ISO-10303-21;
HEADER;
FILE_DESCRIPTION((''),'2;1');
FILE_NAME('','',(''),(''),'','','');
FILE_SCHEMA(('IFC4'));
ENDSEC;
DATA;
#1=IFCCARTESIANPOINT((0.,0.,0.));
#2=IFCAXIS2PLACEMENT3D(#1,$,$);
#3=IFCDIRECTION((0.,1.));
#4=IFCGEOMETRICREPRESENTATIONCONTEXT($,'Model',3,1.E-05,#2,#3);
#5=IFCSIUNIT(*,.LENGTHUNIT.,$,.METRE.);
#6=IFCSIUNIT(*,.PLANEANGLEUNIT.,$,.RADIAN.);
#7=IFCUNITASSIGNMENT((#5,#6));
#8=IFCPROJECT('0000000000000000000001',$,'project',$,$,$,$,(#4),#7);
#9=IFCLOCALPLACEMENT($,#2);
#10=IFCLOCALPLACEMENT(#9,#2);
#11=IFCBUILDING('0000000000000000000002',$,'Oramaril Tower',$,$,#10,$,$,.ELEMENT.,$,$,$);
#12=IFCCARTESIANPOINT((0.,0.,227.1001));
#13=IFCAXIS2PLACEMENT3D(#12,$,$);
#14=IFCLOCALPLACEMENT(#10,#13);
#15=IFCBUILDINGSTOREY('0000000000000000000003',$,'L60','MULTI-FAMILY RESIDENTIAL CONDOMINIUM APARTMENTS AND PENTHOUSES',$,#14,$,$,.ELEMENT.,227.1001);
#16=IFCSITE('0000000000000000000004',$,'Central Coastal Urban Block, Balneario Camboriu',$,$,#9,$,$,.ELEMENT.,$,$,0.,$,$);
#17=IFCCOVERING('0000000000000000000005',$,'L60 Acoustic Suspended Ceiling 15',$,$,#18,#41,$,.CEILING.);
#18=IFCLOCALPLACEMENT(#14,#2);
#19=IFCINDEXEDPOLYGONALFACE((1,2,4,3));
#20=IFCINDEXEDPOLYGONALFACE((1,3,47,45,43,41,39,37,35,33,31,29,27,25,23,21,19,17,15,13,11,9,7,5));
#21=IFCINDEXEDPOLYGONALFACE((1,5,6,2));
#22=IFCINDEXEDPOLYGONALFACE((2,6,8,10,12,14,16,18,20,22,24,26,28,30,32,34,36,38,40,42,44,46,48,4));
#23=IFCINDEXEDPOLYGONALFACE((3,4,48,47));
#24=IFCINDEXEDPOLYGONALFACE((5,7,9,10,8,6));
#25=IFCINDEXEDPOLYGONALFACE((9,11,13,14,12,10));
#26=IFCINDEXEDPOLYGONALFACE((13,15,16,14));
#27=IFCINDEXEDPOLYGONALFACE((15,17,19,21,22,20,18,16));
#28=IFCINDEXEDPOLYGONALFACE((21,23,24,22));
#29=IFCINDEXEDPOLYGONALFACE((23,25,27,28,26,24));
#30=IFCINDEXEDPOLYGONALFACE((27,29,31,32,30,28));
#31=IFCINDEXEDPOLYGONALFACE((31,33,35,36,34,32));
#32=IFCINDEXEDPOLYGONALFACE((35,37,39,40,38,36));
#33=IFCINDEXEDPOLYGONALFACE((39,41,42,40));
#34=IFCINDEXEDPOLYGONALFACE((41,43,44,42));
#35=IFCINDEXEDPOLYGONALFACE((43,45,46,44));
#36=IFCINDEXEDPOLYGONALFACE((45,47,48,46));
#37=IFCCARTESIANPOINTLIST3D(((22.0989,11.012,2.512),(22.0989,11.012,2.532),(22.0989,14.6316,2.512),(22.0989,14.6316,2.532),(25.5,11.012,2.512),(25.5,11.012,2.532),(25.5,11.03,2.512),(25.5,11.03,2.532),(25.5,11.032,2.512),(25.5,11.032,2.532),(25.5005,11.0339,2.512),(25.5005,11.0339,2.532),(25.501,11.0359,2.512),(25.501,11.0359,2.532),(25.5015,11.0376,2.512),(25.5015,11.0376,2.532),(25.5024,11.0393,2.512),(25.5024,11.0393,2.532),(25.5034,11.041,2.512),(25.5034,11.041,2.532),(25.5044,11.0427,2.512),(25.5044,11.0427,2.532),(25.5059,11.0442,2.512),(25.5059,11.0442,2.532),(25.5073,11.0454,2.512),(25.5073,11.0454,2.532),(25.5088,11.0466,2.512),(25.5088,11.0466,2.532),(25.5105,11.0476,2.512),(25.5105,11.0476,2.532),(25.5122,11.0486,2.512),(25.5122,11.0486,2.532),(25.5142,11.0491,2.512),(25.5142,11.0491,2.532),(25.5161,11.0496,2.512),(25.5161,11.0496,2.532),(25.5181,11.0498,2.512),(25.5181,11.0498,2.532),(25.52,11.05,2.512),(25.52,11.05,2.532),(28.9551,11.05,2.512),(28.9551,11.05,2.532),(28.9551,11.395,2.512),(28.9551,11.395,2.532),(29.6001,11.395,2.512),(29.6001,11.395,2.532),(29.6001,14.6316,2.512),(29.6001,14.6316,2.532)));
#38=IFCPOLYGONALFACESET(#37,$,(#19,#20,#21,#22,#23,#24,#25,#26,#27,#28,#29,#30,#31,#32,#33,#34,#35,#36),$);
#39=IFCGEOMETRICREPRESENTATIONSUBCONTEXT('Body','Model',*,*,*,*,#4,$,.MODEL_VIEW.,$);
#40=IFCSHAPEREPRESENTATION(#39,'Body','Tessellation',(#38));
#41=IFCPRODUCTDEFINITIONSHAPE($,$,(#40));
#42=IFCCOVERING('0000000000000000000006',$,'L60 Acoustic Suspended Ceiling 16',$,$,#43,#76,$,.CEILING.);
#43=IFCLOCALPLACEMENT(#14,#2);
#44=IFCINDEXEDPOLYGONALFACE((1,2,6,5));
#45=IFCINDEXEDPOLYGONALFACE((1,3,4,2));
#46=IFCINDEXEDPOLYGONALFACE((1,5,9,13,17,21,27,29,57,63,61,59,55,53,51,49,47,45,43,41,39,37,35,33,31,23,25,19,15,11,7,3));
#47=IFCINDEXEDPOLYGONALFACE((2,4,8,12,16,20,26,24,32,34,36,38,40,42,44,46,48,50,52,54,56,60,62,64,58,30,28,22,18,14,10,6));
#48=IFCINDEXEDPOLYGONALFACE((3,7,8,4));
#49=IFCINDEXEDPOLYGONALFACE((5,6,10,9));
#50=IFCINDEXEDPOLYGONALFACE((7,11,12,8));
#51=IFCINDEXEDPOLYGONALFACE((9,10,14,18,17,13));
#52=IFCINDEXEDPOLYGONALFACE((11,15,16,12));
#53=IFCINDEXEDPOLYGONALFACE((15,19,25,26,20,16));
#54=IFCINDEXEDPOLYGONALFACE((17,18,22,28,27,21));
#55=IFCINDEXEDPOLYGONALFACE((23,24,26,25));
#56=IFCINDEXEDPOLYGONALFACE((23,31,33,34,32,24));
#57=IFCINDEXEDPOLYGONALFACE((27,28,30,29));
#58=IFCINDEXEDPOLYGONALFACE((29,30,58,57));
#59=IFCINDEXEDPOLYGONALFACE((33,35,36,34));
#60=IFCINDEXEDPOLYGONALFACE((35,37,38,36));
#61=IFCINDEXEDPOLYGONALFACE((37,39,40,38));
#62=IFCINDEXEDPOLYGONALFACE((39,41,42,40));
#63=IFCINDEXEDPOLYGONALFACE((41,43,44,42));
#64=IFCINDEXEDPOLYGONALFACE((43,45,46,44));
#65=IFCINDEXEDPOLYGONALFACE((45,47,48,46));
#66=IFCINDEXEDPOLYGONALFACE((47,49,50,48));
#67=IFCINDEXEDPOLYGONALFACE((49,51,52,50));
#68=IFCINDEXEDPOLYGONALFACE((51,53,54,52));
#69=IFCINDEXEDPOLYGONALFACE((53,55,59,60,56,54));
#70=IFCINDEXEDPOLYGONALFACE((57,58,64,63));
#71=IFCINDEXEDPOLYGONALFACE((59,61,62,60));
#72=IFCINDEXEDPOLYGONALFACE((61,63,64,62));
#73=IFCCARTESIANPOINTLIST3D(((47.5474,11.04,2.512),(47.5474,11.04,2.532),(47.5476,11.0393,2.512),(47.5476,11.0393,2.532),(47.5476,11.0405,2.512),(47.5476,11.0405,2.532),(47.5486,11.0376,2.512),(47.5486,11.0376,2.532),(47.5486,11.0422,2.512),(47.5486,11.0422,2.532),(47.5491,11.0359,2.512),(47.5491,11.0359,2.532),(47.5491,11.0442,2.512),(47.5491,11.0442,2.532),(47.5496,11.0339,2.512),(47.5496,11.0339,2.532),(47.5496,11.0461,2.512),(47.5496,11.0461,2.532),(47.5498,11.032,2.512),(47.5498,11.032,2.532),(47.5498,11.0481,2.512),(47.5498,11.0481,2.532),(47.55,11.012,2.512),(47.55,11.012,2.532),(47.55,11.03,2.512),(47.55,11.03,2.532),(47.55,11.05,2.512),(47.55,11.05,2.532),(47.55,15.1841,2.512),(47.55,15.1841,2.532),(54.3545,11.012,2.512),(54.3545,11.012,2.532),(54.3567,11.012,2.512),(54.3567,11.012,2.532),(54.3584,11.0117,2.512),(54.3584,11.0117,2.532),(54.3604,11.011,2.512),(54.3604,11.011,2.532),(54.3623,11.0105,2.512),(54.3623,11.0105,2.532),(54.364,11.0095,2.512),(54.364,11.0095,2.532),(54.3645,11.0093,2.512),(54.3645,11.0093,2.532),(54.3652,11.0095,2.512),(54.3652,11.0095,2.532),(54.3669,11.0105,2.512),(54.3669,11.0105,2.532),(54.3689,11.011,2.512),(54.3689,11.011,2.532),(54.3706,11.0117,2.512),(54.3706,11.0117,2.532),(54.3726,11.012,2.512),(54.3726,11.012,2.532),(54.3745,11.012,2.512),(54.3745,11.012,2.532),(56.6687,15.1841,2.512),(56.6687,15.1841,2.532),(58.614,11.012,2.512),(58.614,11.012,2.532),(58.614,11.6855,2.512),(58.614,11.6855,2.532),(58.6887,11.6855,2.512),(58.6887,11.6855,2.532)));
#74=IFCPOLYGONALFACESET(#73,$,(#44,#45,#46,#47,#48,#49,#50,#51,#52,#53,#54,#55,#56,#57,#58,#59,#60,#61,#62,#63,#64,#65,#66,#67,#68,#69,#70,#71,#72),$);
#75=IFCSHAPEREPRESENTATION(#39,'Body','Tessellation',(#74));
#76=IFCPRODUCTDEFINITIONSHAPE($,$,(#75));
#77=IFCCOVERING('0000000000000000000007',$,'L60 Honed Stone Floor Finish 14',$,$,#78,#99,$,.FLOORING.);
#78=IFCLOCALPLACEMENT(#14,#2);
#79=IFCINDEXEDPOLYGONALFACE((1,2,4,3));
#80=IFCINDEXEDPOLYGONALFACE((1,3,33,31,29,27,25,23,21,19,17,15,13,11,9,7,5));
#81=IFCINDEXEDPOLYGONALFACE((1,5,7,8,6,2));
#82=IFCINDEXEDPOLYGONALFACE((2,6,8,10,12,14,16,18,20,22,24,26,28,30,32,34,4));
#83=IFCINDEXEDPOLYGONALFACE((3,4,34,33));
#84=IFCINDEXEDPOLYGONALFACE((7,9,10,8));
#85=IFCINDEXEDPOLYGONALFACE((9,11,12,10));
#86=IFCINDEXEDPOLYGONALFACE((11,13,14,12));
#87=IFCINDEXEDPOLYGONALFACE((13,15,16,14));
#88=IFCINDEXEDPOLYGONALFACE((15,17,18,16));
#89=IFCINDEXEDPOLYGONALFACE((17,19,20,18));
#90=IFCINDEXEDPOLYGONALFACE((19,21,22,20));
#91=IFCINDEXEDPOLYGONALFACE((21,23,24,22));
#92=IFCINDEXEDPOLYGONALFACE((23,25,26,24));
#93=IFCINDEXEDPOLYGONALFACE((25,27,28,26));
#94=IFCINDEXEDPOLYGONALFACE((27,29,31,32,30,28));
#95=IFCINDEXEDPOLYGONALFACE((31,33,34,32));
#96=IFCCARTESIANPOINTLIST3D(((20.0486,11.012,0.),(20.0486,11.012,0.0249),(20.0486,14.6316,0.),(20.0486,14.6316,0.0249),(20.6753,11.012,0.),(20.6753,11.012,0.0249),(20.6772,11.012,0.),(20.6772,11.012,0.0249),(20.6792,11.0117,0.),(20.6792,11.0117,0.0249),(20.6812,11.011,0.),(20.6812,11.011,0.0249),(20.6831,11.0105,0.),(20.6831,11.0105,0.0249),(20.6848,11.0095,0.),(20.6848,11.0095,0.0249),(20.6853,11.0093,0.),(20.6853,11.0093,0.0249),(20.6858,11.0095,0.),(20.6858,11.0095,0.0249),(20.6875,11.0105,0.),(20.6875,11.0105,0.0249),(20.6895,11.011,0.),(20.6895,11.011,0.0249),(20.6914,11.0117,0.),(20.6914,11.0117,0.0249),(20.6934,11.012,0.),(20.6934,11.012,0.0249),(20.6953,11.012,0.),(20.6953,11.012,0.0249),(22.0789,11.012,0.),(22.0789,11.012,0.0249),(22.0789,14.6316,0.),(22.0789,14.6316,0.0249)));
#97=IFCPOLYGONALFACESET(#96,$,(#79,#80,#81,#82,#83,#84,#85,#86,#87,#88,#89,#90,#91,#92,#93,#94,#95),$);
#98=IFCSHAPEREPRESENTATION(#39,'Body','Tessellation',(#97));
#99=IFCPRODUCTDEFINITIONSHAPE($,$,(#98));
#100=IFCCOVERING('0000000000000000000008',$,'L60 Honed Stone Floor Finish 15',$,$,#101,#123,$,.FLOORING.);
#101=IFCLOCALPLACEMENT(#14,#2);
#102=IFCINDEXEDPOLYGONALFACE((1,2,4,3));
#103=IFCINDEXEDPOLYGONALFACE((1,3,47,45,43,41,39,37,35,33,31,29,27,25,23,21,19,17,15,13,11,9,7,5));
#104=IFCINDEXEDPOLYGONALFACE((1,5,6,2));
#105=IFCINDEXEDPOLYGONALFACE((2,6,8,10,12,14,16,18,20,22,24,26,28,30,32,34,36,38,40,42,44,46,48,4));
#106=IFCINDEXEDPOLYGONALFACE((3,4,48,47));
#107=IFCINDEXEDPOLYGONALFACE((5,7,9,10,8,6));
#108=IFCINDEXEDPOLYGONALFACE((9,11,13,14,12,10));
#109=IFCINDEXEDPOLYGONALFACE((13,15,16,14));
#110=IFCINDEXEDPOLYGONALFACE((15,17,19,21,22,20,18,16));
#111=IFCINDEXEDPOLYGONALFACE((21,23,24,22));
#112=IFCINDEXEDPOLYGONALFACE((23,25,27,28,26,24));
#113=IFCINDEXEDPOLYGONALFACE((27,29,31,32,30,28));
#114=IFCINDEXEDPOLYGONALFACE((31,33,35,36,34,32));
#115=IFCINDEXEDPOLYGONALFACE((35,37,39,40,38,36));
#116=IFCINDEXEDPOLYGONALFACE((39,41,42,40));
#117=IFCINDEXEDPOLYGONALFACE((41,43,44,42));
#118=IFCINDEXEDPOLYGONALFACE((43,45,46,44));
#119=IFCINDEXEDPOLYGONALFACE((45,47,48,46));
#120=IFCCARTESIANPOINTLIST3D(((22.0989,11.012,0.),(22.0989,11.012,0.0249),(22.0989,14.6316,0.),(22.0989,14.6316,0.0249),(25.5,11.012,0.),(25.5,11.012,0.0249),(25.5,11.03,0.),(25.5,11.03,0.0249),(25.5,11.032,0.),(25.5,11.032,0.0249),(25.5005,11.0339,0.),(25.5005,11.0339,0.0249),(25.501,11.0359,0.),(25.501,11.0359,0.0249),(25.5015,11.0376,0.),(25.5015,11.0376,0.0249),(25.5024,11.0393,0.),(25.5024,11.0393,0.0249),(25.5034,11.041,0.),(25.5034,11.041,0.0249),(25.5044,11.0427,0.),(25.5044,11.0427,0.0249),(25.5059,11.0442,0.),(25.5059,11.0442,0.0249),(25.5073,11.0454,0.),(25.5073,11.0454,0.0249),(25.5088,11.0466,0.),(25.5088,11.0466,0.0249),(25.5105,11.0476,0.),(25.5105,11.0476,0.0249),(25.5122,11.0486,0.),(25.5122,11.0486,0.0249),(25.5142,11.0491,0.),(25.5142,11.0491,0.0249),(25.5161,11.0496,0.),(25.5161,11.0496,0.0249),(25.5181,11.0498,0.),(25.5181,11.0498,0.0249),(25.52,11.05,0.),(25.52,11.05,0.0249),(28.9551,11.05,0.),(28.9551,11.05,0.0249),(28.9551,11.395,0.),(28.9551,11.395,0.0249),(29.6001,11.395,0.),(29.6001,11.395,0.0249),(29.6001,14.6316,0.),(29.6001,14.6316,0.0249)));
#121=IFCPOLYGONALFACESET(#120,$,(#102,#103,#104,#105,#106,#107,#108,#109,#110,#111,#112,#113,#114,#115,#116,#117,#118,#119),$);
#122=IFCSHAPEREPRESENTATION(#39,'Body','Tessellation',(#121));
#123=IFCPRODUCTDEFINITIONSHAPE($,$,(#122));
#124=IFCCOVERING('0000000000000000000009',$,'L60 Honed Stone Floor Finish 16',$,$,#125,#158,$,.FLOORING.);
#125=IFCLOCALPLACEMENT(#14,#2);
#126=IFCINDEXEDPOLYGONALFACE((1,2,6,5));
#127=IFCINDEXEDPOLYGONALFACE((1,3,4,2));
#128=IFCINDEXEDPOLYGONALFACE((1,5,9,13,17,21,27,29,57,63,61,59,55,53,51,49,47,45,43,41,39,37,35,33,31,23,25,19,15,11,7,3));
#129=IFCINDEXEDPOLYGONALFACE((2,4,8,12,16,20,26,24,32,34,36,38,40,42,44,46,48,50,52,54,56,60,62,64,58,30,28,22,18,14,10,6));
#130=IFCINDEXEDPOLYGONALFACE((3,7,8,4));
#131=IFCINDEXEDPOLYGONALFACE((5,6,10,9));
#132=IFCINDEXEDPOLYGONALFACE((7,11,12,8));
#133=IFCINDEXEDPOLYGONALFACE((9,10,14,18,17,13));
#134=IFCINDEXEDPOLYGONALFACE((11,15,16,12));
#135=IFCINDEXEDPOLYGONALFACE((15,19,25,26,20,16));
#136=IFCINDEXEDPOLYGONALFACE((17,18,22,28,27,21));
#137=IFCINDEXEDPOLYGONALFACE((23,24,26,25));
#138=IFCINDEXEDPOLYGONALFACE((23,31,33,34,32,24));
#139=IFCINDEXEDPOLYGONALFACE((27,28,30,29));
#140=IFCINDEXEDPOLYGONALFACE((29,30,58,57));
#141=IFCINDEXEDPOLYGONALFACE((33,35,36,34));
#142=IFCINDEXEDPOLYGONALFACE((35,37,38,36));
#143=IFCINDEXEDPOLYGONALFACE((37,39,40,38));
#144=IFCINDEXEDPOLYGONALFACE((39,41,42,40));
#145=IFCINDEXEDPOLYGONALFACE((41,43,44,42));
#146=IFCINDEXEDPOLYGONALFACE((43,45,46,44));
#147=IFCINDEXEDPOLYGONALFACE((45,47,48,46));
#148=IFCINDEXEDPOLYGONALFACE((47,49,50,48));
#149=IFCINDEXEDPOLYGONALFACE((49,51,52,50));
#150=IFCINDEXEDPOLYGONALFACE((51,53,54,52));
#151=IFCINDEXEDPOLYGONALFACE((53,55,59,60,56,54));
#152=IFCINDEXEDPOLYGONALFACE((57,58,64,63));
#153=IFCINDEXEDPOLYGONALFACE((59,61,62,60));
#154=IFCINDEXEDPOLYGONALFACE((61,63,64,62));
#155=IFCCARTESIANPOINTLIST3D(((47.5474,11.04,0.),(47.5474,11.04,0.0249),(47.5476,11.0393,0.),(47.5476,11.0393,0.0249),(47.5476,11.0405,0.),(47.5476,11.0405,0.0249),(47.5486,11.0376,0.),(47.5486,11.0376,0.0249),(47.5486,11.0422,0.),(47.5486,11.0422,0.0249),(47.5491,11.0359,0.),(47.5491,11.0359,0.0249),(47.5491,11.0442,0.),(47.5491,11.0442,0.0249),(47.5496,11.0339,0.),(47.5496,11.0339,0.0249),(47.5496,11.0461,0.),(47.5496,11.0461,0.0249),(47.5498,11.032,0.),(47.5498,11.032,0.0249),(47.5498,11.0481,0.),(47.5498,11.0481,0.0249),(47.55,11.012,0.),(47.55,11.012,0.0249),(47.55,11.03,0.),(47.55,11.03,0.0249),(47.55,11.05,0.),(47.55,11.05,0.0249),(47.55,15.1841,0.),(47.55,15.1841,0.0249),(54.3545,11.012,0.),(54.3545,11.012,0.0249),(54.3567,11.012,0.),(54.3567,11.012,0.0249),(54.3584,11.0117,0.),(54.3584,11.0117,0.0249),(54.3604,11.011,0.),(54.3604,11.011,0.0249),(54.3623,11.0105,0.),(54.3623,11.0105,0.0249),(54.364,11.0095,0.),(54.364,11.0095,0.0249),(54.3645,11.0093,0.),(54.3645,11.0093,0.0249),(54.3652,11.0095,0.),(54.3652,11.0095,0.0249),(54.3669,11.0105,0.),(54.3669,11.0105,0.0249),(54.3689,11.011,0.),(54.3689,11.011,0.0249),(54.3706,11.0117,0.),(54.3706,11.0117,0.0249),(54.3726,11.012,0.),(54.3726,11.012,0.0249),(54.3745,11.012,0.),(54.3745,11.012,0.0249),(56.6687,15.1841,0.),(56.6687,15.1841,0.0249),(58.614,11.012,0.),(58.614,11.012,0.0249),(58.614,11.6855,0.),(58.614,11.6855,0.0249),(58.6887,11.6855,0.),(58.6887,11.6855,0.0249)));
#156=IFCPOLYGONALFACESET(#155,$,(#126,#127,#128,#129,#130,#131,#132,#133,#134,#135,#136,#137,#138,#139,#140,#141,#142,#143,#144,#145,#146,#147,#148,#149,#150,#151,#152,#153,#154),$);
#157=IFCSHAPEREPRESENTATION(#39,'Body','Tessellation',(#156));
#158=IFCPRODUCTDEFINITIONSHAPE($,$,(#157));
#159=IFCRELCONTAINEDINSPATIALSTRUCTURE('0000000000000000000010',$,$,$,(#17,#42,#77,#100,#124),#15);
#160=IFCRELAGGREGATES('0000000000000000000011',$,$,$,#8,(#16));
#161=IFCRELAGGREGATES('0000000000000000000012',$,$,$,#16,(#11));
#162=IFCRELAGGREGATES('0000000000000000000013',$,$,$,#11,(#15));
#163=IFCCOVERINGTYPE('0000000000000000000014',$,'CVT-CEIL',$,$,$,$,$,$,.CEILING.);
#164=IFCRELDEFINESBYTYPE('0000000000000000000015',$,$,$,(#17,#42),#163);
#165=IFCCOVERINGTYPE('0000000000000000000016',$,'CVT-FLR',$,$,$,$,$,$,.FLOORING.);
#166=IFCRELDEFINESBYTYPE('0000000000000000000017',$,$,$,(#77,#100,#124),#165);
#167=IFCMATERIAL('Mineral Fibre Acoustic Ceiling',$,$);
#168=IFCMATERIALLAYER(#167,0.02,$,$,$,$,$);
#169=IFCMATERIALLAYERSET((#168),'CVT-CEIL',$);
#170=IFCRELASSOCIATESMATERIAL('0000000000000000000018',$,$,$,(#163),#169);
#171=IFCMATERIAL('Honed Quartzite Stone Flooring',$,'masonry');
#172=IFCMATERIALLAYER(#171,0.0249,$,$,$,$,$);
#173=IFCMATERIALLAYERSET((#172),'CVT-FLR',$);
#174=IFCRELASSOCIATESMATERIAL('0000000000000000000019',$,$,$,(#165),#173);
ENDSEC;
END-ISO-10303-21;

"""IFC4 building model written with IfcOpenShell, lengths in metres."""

from ifc_helpers import new_model, si_unit, direction, frame, origin, place, context, subcontext, project, spatial, polyline, outline, extrude, material, layer, layer_set, type_object, element, save


model = new_model("IFC4")

# Units and contexts
model_context = context("Model", 3, precision=1e-05, world=origin(), true_north=direction((0.0, 1.0)))
body_context = subcontext(model_context, "Body", "Model", "MODEL_VIEW")
ifc_project = project(units=[si_unit("LENGTHUNIT", "METRE"), si_unit("PLANEANGLEUNIT", "RADIAN")], contexts=[model_context])

# Site, building, storey
site_placement = place(None, origin())
site = spatial("IfcSite", under=ifc_project, at=site_placement, Name="Central Coastal Urban Block, Balneario Camboriu", CompositionType="ELEMENT", RefElevation=0.0)
building_placement = place(site_placement, origin())
building = spatial("IfcBuilding", under=site, at=building_placement, Name="Oramaril Tower", CompositionType="ELEMENT")
storey_placement = place(building_placement, frame((0.0, 0.0, 227.1001)))
storey = spatial("IfcBuildingStorey", under=building, at=storey_placement, Name="L60", Description="MULTI-FAMILY RESIDENTIAL CONDOMINIUM APARTMENTS AND PENTHOUSES", CompositionType="ELEMENT", Elevation=227.1001)

# Coverings
ifc_material_1 = material(Name="Mineral Fibre Acoustic Ceiling")
ifc_layer_1 = layer(ifc_material_1, 0.02)
ifc_layer_set_1 = layer_set([ifc_layer_1], Name="CVT-CEIL")
covering_type_1 = type_object("IfcCoveringType", Name="CVT-CEIL", PredefinedType="CEILING", material=ifc_layer_set_1)
covering_1_placement = place(storey_placement, frame((0.0, 0.0, 2.512)))
element("IfcCovering", 1, at=covering_1_placement, inside=storey, type_object=covering_type_1, Name="L60 Acoustic Suspended Ceiling 15", PredefinedType="CEILING", context=body_context, shape_type="SweptSolid", body=[
    extrude(outline(polyline([(29.6001, 11.395), (28.9551, 11.395), (28.9551, 11.05), (25.52, 11.05), (25.5181, 11.0498), (25.5161, 11.0496), (25.5142, 11.0491), (25.5122, 11.0486), (25.5105, 11.0476), (25.5088, 11.0466), (25.5073, 11.0454), (25.5059, 11.0442), (25.5044, 11.0427), (25.5034, 11.041), (25.5024, 11.0393), (25.5015, 11.0376), (25.501, 11.0359), (25.5005, 11.0339), (25.5, 11.032), (25.5, 11.03), (25.5, 11.012), (22.0989, 11.012), (22.0989, 14.6316), (29.6001, 14.6316), (29.6001, 11.395)])), origin(), (0.0, 0.0, 1.0), 0.02),
])
covering_2_placement = place(storey_placement, frame((0.0, 0.0, 2.512)))
element("IfcCovering", 2, at=covering_2_placement, inside=storey, type_object=covering_type_1, Name="L60 Acoustic Suspended Ceiling 16", PredefinedType="CEILING", context=body_context, shape_type="SweptSolid", body=[
    extrude(outline(polyline([(56.6687, 15.1841), (58.6887, 11.6855), (58.614, 11.6855), (58.614, 11.012), (54.3745, 11.012), (54.3726, 11.012), (54.3706, 11.0117), (54.3689, 11.011), (54.3669, 11.0105), (54.3652, 11.0095), (54.3645, 11.0093), (54.364, 11.0095), (54.3623, 11.0105), (54.3604, 11.011), (54.3584, 11.0117), (54.3567, 11.012), (54.3545, 11.012), (47.55, 11.012), (47.55, 11.03), (47.5498, 11.032), (47.5496, 11.0339), (47.5491, 11.0359), (47.5486, 11.0376), (47.5476, 11.0393), (47.5474, 11.04), (47.5476, 11.0405), (47.5486, 11.0422), (47.5491, 11.0442), (47.5496, 11.0461), (47.5498, 11.0481), (47.55, 11.05), (47.55, 15.1841), (56.6687, 15.1841)])), origin(), (0.0, 0.0, 1.0), 0.02),
])
ifc_material_2 = material(Name="Honed Quartzite Stone Flooring", Category="masonry")
ifc_layer_2 = layer(ifc_material_2, 0.0249)
ifc_layer_set_2 = layer_set([ifc_layer_2], Name="CVT-FLR")
covering_type_2 = type_object("IfcCoveringType", Name="CVT-FLR", PredefinedType="FLOORING", material=ifc_layer_set_2)
covering_3_placement = place(storey_placement, origin())
element("IfcCovering", 3, at=covering_3_placement, inside=storey, type_object=covering_type_2, Name="L60 Honed Stone Floor Finish 14", PredefinedType="FLOORING", context=body_context, shape_type="SweptSolid", body=[
    extrude(outline(polyline([(22.0789, 11.012), (20.6953, 11.012), (20.6934, 11.012), (20.6914, 11.0117), (20.6895, 11.011), (20.6875, 11.0105), (20.6858, 11.0095), (20.6853, 11.0093), (20.6848, 11.0095), (20.6831, 11.0105), (20.6812, 11.011), (20.6792, 11.0117), (20.6772, 11.012), (20.6753, 11.012), (20.0486, 11.012), (20.0486, 14.6316), (22.0789, 14.6316), (22.0789, 11.012)])), origin(), (0.0, 0.0, 1.0), 0.0249),
])
covering_4_placement = place(storey_placement, origin())
element("IfcCovering", 4, at=covering_4_placement, inside=storey, type_object=covering_type_2, Name="L60 Honed Stone Floor Finish 15", PredefinedType="FLOORING", context=body_context, shape_type="SweptSolid", body=[
    extrude(outline(polyline([(29.6001, 11.395), (28.9551, 11.395), (28.9551, 11.05), (25.52, 11.05), (25.5181, 11.0498), (25.5161, 11.0496), (25.5142, 11.0491), (25.5122, 11.0486), (25.5105, 11.0476), (25.5088, 11.0466), (25.5073, 11.0454), (25.5059, 11.0442), (25.5044, 11.0427), (25.5034, 11.041), (25.5024, 11.0393), (25.5015, 11.0376), (25.501, 11.0359), (25.5005, 11.0339), (25.5, 11.032), (25.5, 11.03), (25.5, 11.012), (22.0989, 11.012), (22.0989, 14.6316), (29.6001, 14.6316), (29.6001, 11.395)])), origin(), (0.0, 0.0, 1.0), 0.0249),
])
covering_5_placement = place(storey_placement, origin())
element("IfcCovering", 5, at=covering_5_placement, inside=storey, type_object=covering_type_2, Name="L60 Honed Stone Floor Finish 16", PredefinedType="FLOORING", context=body_context, shape_type="SweptSolid", body=[
    extrude(outline(polyline([(56.6687, 15.1841), (58.6887, 11.6855), (58.614, 11.6855), (58.614, 11.012), (54.3745, 11.012), (54.3726, 11.012), (54.3706, 11.0117), (54.3689, 11.011), (54.3669, 11.0105), (54.3652, 11.0095), (54.3645, 11.0093), (54.364, 11.0095), (54.3623, 11.0105), (54.3604, 11.011), (54.3584, 11.0117), (54.3567, 11.012), (54.3545, 11.012), (47.55, 11.012), (47.55, 11.03), (47.5498, 11.032), (47.5496, 11.0339), (47.5491, 11.0359), (47.5486, 11.0376), (47.5476, 11.0393), (47.5474, 11.04), (47.5476, 11.0405), (47.5486, 11.0422), (47.5491, 11.0442), (47.5496, 11.0461), (47.5498, 11.0481), (47.55, 11.05), (47.55, 15.1841), (56.6687, 15.1841)])), origin(), (0.0, 0.0, 1.0), 0.0249),
])

save(model, "model.ifc")
